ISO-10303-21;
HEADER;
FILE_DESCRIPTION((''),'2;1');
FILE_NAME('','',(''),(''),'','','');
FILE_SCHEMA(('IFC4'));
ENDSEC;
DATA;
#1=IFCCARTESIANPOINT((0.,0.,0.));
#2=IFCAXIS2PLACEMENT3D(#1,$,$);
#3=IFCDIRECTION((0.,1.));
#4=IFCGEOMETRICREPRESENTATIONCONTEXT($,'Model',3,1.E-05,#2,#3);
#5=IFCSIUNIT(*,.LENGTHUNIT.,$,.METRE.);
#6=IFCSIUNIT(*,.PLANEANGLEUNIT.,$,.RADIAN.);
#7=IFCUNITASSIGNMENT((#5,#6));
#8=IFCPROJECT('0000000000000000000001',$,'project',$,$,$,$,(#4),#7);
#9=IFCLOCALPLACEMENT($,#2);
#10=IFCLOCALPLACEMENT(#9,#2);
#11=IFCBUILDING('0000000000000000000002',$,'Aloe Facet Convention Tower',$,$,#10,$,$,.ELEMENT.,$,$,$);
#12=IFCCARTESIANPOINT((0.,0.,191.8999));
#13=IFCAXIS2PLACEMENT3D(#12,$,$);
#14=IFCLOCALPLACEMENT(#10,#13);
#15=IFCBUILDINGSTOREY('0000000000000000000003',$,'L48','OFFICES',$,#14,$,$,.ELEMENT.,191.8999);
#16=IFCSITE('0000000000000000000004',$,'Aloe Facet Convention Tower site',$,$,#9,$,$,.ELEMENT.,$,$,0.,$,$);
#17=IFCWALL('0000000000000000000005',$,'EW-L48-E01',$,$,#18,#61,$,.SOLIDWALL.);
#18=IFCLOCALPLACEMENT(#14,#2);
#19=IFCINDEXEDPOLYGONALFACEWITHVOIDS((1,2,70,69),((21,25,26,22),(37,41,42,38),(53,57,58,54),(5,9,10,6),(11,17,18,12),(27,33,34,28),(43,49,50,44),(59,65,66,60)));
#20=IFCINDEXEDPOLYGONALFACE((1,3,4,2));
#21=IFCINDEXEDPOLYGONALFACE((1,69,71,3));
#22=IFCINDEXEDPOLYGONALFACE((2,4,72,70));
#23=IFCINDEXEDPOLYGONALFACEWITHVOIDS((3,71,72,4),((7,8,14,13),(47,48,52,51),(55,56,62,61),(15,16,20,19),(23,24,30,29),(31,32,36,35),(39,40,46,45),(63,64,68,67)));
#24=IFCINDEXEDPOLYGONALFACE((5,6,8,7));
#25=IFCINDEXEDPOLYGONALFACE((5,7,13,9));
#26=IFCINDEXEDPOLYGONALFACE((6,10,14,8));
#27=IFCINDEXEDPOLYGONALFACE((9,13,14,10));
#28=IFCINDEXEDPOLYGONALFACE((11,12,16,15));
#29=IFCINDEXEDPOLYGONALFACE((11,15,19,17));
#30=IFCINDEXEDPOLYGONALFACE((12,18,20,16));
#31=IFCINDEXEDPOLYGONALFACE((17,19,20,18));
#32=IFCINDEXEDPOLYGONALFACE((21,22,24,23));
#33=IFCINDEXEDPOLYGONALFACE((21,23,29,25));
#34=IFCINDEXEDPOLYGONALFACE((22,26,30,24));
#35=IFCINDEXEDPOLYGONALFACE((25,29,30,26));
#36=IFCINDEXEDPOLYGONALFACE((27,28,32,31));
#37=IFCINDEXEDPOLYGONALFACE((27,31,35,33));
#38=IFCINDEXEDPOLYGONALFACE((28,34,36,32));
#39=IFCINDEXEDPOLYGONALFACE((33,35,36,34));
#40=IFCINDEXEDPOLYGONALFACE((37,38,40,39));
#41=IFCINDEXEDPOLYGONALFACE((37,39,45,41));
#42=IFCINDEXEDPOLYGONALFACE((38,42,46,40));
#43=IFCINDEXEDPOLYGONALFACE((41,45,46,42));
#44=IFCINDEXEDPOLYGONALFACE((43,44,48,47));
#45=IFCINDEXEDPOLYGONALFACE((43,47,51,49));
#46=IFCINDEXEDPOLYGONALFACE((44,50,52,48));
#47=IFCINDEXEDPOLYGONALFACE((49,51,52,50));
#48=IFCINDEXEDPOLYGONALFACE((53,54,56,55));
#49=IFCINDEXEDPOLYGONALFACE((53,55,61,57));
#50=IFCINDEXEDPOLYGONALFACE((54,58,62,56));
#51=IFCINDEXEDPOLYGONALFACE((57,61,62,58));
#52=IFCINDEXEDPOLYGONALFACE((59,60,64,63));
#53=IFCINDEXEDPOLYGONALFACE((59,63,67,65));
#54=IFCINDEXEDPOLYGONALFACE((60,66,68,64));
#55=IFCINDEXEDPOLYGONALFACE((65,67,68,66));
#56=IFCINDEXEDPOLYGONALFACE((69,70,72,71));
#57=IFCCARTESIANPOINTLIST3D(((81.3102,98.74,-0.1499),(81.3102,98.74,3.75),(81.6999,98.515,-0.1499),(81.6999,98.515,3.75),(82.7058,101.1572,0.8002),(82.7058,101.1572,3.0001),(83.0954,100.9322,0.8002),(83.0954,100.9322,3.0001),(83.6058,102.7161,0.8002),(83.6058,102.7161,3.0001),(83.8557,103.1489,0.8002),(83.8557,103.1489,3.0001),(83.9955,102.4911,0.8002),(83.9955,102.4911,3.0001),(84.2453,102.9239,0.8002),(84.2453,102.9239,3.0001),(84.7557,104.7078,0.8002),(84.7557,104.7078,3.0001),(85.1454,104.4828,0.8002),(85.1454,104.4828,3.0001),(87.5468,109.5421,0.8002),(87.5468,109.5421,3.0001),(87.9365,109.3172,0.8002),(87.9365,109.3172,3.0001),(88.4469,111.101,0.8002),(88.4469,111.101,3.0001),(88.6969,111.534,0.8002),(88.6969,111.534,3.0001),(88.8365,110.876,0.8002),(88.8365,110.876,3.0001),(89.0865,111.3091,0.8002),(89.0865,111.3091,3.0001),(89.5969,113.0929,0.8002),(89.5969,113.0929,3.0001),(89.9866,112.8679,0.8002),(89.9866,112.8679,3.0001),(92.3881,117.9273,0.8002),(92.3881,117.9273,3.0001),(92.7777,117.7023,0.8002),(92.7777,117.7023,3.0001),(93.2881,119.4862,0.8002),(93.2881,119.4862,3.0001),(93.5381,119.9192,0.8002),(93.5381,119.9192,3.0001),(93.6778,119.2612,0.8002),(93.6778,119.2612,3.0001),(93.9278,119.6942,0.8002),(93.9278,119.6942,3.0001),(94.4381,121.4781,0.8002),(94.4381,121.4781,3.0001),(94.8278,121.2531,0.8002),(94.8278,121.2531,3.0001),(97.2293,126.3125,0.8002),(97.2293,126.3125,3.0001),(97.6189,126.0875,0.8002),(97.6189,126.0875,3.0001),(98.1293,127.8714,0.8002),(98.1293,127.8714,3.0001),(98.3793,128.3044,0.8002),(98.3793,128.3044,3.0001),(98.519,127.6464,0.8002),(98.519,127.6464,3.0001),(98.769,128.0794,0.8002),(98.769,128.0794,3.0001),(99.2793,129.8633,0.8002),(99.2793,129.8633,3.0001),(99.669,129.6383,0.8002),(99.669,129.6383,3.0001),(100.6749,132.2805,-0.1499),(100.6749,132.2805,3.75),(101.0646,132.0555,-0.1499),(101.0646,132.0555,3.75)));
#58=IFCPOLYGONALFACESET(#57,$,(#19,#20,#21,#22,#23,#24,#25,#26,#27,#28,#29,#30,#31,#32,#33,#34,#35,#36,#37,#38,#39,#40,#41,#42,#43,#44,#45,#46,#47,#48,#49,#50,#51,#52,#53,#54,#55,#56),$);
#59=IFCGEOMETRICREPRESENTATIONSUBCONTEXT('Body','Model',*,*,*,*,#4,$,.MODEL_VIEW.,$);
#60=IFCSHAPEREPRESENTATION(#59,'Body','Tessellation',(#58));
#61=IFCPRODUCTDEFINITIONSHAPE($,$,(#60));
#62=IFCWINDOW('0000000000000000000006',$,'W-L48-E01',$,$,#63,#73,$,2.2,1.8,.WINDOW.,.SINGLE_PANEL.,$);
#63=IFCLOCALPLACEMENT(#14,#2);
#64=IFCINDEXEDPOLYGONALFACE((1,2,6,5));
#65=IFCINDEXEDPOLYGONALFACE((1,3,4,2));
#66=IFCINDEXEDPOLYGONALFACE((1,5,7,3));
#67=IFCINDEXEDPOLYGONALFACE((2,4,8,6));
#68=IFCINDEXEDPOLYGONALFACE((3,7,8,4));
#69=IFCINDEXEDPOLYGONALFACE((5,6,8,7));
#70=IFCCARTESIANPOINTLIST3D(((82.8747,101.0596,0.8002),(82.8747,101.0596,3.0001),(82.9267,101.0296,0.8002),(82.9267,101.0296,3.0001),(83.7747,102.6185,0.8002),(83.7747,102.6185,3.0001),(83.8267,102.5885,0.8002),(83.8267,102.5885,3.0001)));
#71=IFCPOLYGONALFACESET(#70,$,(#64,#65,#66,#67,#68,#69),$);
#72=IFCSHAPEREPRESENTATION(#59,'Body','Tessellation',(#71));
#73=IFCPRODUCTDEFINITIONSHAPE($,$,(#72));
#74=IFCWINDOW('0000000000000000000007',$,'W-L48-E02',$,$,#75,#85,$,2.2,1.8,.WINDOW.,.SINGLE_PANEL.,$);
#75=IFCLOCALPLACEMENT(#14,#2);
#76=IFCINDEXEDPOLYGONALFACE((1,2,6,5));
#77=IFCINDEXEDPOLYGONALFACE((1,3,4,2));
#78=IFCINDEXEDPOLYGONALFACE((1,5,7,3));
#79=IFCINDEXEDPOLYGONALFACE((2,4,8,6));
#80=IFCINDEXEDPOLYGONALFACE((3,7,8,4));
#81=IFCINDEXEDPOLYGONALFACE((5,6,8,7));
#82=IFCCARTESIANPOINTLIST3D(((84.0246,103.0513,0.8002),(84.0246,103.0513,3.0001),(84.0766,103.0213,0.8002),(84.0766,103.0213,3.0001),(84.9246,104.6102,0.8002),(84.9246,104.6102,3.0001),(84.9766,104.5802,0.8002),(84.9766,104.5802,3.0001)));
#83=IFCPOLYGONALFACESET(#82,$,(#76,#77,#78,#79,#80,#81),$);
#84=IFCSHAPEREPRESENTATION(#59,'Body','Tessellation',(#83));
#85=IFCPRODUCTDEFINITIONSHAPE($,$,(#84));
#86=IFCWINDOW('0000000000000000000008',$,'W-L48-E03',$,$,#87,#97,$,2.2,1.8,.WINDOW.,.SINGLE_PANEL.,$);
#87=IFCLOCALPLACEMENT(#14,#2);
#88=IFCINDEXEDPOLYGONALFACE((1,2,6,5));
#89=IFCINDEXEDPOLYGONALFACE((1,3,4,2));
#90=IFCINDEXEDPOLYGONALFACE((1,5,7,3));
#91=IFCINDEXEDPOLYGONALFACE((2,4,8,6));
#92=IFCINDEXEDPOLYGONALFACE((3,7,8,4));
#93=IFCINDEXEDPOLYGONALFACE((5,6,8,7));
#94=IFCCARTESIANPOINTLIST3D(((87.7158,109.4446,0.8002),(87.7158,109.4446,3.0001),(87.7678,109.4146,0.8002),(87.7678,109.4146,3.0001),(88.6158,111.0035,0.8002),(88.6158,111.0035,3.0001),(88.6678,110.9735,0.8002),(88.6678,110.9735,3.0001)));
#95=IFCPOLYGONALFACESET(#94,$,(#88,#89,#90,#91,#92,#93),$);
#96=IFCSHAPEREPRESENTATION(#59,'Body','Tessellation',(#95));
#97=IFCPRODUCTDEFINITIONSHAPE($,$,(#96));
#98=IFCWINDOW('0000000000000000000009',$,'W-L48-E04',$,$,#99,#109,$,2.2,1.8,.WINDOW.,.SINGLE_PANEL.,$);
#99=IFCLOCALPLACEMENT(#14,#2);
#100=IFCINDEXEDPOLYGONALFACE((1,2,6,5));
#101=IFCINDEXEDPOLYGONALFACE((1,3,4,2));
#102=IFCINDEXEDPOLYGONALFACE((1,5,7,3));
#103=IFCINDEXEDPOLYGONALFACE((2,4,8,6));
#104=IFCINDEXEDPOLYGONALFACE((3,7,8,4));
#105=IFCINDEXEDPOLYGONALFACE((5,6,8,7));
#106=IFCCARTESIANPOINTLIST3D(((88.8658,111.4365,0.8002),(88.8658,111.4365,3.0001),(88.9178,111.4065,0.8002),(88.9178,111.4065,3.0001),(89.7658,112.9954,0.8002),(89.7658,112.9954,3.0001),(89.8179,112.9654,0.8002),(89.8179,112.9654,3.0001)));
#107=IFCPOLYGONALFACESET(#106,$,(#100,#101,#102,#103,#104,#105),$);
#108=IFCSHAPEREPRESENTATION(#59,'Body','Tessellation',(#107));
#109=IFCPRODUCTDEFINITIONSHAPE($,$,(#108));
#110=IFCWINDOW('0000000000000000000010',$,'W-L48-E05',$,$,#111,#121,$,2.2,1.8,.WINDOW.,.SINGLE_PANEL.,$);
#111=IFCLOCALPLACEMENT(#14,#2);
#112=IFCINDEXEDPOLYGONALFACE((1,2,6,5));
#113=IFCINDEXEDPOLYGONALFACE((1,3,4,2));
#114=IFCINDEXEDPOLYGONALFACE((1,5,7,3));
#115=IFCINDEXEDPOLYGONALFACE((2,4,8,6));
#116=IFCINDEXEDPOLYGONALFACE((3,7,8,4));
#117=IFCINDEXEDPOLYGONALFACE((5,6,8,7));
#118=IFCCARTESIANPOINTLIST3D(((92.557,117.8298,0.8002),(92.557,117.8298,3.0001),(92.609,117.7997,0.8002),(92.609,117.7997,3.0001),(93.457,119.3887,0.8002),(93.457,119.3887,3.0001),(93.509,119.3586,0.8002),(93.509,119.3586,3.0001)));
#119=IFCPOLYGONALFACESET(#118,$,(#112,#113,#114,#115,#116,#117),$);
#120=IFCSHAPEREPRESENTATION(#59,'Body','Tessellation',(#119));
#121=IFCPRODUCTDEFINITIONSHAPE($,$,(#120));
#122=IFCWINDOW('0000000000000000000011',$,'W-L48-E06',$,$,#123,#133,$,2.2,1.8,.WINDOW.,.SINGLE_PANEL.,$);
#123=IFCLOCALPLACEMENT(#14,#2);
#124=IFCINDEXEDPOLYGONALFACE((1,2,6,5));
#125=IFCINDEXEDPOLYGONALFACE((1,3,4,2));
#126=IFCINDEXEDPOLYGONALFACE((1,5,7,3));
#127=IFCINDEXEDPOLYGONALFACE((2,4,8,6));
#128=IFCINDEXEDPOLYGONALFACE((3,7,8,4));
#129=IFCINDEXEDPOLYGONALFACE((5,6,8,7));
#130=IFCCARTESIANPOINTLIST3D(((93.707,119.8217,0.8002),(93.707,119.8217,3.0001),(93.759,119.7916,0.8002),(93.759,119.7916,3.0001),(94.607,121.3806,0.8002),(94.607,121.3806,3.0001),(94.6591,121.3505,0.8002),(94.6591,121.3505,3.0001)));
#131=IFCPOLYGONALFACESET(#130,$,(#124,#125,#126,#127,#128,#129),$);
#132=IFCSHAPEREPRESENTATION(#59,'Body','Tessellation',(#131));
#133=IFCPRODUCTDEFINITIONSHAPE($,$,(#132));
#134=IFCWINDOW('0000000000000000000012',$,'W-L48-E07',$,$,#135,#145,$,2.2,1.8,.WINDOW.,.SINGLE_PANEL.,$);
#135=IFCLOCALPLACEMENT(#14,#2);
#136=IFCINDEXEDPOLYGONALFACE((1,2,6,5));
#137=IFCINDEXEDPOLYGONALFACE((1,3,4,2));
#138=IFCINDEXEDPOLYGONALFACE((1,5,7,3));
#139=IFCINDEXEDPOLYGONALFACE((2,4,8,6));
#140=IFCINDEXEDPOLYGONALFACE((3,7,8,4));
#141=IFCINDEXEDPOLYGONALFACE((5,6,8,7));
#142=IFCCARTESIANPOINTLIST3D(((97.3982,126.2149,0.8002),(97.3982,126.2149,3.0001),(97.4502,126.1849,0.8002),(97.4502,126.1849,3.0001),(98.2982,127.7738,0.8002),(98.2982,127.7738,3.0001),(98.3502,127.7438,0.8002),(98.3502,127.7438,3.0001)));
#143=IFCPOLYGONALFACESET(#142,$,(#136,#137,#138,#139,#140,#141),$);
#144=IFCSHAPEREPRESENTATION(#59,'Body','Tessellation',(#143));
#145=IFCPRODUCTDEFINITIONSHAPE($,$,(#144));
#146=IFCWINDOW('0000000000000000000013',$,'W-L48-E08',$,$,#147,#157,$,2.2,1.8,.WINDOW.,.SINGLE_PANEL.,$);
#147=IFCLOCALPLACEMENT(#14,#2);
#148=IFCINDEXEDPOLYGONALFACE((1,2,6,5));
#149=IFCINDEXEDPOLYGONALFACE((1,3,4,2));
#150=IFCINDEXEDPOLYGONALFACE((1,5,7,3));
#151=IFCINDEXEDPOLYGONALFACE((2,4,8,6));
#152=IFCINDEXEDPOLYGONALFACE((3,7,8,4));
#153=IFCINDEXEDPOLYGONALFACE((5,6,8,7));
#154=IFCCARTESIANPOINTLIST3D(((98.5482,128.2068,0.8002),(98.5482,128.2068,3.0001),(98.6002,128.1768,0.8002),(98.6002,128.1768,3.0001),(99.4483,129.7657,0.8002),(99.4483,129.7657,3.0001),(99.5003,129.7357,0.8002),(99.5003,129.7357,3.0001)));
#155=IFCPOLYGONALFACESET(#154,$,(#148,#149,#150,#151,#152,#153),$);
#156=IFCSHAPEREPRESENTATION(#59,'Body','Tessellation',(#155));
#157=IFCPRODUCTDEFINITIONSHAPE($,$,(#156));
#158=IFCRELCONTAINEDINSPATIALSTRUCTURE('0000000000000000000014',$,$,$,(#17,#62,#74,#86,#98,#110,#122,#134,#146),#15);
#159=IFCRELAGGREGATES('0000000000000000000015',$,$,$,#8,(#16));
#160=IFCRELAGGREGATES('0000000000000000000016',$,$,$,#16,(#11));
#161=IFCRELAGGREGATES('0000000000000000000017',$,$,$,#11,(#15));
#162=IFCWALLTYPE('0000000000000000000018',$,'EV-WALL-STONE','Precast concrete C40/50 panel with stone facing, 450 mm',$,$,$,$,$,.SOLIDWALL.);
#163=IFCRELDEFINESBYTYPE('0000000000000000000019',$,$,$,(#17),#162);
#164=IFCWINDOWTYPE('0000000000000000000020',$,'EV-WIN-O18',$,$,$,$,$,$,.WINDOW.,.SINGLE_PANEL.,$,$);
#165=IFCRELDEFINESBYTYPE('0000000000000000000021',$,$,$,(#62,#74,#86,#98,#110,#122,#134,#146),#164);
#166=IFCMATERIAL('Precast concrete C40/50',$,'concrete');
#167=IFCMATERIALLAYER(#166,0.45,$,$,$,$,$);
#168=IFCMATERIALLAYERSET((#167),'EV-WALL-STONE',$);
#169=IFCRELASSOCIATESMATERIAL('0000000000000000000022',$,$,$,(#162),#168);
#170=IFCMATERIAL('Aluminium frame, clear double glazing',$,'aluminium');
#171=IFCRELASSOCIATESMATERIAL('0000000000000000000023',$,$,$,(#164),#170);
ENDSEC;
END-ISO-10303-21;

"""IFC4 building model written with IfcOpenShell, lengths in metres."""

from ifc_helpers import new_model, si_unit, direction, frame, frame_2d, origin, place, context, subcontext, project, spatial, polyline, rectangle, outline, extrude, material, layer, layer_set, type_object, element, fill, save


model = new_model("IFC4")

# Units and contexts
model_context = context("Model", 3, precision=1e-05, world=origin(), true_north=direction((0.0, 1.0)))
body_context = subcontext(model_context, "Body", "Model", "MODEL_VIEW")
ifc_project = project(units=[si_unit("LENGTHUNIT", "METRE"), si_unit("PLANEANGLEUNIT", "RADIAN")], contexts=[model_context])

# Site, building, storey
site_placement = place(None, origin())
site = spatial("IfcSite", under=ifc_project, at=site_placement, Name="Aloe Facet Convention Tower site", CompositionType="ELEMENT", RefElevation=0.0)
building_placement = place(site_placement, origin())
building = spatial("IfcBuilding", under=site, at=building_placement, Name="Aloe Facet Convention Tower", CompositionType="ELEMENT")
storey_placement = place(building_placement, frame((0.0, 0.0, 191.8999)))
storey = spatial("IfcBuildingStorey", under=building, at=storey_placement, Name="L48", Description="OFFICES", CompositionType="ELEMENT", Elevation=191.8999)

# Wall, openings, windows
ifc_material_1 = material(Name="Precast concrete C40/50", Category="concrete")
ifc_layer_1 = layer(ifc_material_1, 0.45)
ifc_layer_set_1 = layer_set([ifc_layer_1], Name="EV-WALL-STONE")
wall_type_1 = type_object("IfcWallType", Name="EV-WALL-STONE", Description="Precast concrete C40/50 panel with stone facing, 450 mm", PredefinedType="SOLIDWALL", material=ifc_layer_set_1)
wall_1_placement = place(storey_placement, frame((81.5051, 98.6274, -0.1499), z_axis=(0.0, 0.0, 1.0), x_axis=(0.500002, 0.866024, 0.0)))
wall_1 = element("IfcWall", 1, at=wall_1_placement, inside=storey, type_object=wall_type_1, Name="EW-L48-E01", PredefinedType="SOLIDWALL", context=body_context, shape_type="SweptSolid", body=[
    extrude(outline(polyline([(38.7292, 0.0), (38.7292, 3.8999), (0.0, 3.8999), (0.0, 0.0), (38.7292, 0.0)])), frame((0.0, 0.2251, 0.0), z_axis=(0.0, -1.0, 0.0), x_axis=(1.0, 0.0, 0.0)), (0.0, 0.0, 1.0), 0.45),
])
opening_1_placement = place(wall_1_placement, frame((2.7913, 0.0, 0.95)))
opening_1 = element("IfcOpeningElement", 2, at=opening_1_placement, cuts=wall_1, PredefinedType="OPENING", context=body_context, shape_type="SweptSolid", body=[
    extrude(rectangle(XDim=1.8, YDim=2.2, at=frame_2d((0.8999, 1.1001))), frame((0.0, 0.2349, 0.0), z_axis=(0.0, -1.0, 0.0), x_axis=(1.0, 0.0, 0.0)), (0.0, 0.0, 1.0), 0.47),
])
opening_2_placement = place(wall_1_placement, frame((5.0911, 0.0, 0.95)))
opening_2 = element("IfcOpeningElement", 3, at=opening_2_placement, cuts=wall_1, PredefinedType="OPENING", context=body_context, shape_type="SweptSolid", body=[
    extrude(rectangle(XDim=1.8, YDim=2.2, at=frame_2d((0.8999, 1.1001))), frame((0.0, 0.2349, 0.0), z_axis=(0.0, -1.0, 0.0), x_axis=(1.0, 0.0, 0.0)), (0.0, 0.0, 1.0), 0.47),
])
opening_3_placement = place(wall_1_placement, frame((12.4734, 0.0, 0.95)))
opening_3 = element("IfcOpeningElement", 4, at=opening_3_placement, cuts=wall_1, PredefinedType="OPENING", context=body_context, shape_type="SweptSolid", body=[
    extrude(rectangle(XDim=1.8, YDim=2.2, at=frame_2d((0.8999, 1.1001))), frame((0.0, 0.2349, 0.0), z_axis=(0.0, -1.0, 0.0), x_axis=(1.0, 0.0, 0.0)), (0.0, 0.0, 1.0), 0.47),
])
opening_4_placement = place(wall_1_placement, frame((14.7734, 0.0, 0.95)))
opening_4 = element("IfcOpeningElement", 5, at=opening_4_placement, cuts=wall_1, PredefinedType="OPENING", context=body_context, shape_type="SweptSolid", body=[
    extrude(rectangle(XDim=1.8, YDim=2.2, at=frame_2d((0.8999, 1.1001))), frame((0.0, 0.2349, 0.0), z_axis=(0.0, -1.0, 0.0), x_axis=(1.0, 0.0, 0.0)), (0.0, 0.0, 1.0), 0.47),
])
opening_5_placement = place(wall_1_placement, frame((22.1558, 0.0, 0.95)))
opening_5 = element("IfcOpeningElement", 6, at=opening_5_placement, cuts=wall_1, PredefinedType="OPENING", context=body_context, shape_type="SweptSolid", body=[
    extrude(rectangle(XDim=1.8, YDim=2.2, at=frame_2d((0.8999, 1.1001))), frame((0.0, 0.2349, 0.0), z_axis=(0.0, -1.0, 0.0), x_axis=(1.0, 0.0, 0.0)), (0.0, 0.0, 1.0), 0.47),
])
opening_6_placement = place(wall_1_placement, frame((24.4558, 0.0, 0.95)))
opening_6 = element("IfcOpeningElement", 7, at=opening_6_placement, cuts=wall_1, PredefinedType="OPENING", context=body_context, shape_type="SweptSolid", body=[
    extrude(rectangle(XDim=1.8, YDim=2.2, at=frame_2d((0.8999, 1.1001))), frame((0.0, 0.2349, 0.0), z_axis=(0.0, -1.0, 0.0), x_axis=(1.0, 0.0, 0.0)), (0.0, 0.0, 1.0), 0.47),
])
opening_7_placement = place(wall_1_placement, frame((31.8381, 0.0, 0.95)))
opening_7 = element("IfcOpeningElement", 8, at=opening_7_placement, cuts=wall_1, PredefinedType="OPENING", context=body_context, shape_type="SweptSolid", body=[
    extrude(rectangle(XDim=1.8, YDim=2.2, at=frame_2d((0.8999, 1.1001))), frame((0.0, 0.2349, 0.0), z_axis=(0.0, -1.0, 0.0), x_axis=(1.0, 0.0, 0.0)), (0.0, 0.0, 1.0), 0.47),
])
opening_8_placement = place(wall_1_placement, frame((34.1382, 0.0, 0.95)))
opening_8 = element("IfcOpeningElement", 9, at=opening_8_placement, cuts=wall_1, PredefinedType="OPENING", context=body_context, shape_type="SweptSolid", body=[
    extrude(rectangle(XDim=1.8, YDim=2.2, at=frame_2d((0.8999, 1.1001))), frame((0.0, 0.2349, 0.0), z_axis=(0.0, -1.0, 0.0), x_axis=(1.0, 0.0, 0.0)), (0.0, 0.0, 1.0), 0.47),
])
ifc_material_2 = material(Name="Aluminium frame, clear double glazing", Category="aluminium")
window_type = type_object("IfcWindowType", Name="EV-WIN-O18", PartitioningType="SINGLE_PANEL", PredefinedType="WINDOW", material=ifc_material_2)
window_1_placement = place(opening_1_placement, origin())
window_1 = element("IfcWindow", 10, at=window_1_placement, inside=storey, type_object=window_type, Name="W-L48-E01", OverallHeight=2.2, OverallWidth=1.8, PartitioningType="SINGLE_PANEL", PredefinedType="WINDOW", context=body_context, shape_type="SweptSolid", body=[
    extrude(rectangle(XDim=1.8, YDim=2.2, at=frame_2d((0.8999, 1.1001))), frame((0.0, 0.03, 0.0), z_axis=(0.0, -1.0, 0.0), x_axis=(1.0, 0.0, 0.0)), (0.0, 0.0, 1.0), 0.0601),
])
fill(opening_1, window_1)
window_2_placement = place(opening_2_placement, origin())
window_2 = element("IfcWindow", 11, at=window_2_placement, inside=storey, type_object=window_type, Name="W-L48-E02", OverallHeight=2.2, OverallWidth=1.8, PartitioningType="SINGLE_PANEL", PredefinedType="WINDOW", context=body_context, shape_type="SweptSolid", body=[
    extrude(rectangle(XDim=1.8, YDim=2.2, at=frame_2d((0.8999, 1.1001))), frame((0.0, 0.03, 0.0), z_axis=(0.0, -1.0, 0.0), x_axis=(1.0, 0.0, 0.0)), (0.0, 0.0, 1.0), 0.0601),
])
fill(opening_2, window_2)
window_3_placement = place(opening_3_placement, origin())
window_3 = element("IfcWindow", 12, at=window_3_placement, inside=storey, type_object=window_type, Name="W-L48-E03", OverallHeight=2.2, OverallWidth=1.8, PartitioningType="SINGLE_PANEL", PredefinedType="WINDOW", context=body_context, shape_type="SweptSolid", body=[
    extrude(rectangle(XDim=1.8, YDim=2.2, at=frame_2d((0.8999, 1.1001))), frame((0.0, 0.03, 0.0), z_axis=(0.0, -1.0, 0.0), x_axis=(1.0, 0.0, 0.0)), (0.0, 0.0, 1.0), 0.0601),
])
fill(opening_3, window_3)
window_4_placement = place(opening_4_placement, origin())
window_4 = element("IfcWindow", 13, at=window_4_placement, inside=storey, type_object=window_type, Name="W-L48-E04", OverallHeight=2.2, OverallWidth=1.8, PartitioningType="SINGLE_PANEL", PredefinedType="WINDOW", context=body_context, shape_type="SweptSolid", body=[
    extrude(rectangle(XDim=1.8, YDim=2.2, at=frame_2d((0.8999, 1.1001))), frame((0.0, 0.03, 0.0), z_axis=(0.0, -1.0, 0.0), x_axis=(1.0, 0.0, 0.0)), (0.0, 0.0, 1.0), 0.0601),
])
fill(opening_4, window_4)
window_5_placement = place(opening_5_placement, origin())
window_5 = element("IfcWindow", 14, at=window_5_placement, inside=storey, type_object=window_type, Name="W-L48-E05", OverallHeight=2.2, OverallWidth=1.8, PartitioningType="SINGLE_PANEL", PredefinedType="WINDOW", context=body_context, shape_type="SweptSolid", body=[
    extrude(rectangle(XDim=1.8, YDim=2.2, at=frame_2d((0.8999, 1.1001))), frame((0.0, 0.03, 0.0), z_axis=(0.0, -1.0, 0.0), x_axis=(1.0, 0.0, 0.0)), (0.0, 0.0, 1.0), 0.0601),
])
fill(opening_5, window_5)
window_6_placement = place(opening_6_placement, origin())
window_6 = element("IfcWindow", 15, at=window_6_placement, inside=storey, type_object=window_type, Name="W-L48-E06", OverallHeight=2.2, OverallWidth=1.8, PartitioningType="SINGLE_PANEL", PredefinedType="WINDOW", context=body_context, shape_type="SweptSolid", body=[
    extrude(rectangle(XDim=1.8, YDim=2.2, at=frame_2d((0.8999, 1.1001))), frame((0.0, 0.03, 0.0), z_axis=(0.0, -1.0, 0.0), x_axis=(1.0, 0.0, 0.0)), (0.0, 0.0, 1.0), 0.0601),
])
fill(opening_6, window_6)
window_7_placement = place(opening_7_placement, origin())
window_7 = element("IfcWindow", 16, at=window_7_placement, inside=storey, type_object=window_type, Name="W-L48-E07", OverallHeight=2.2, OverallWidth=1.8, PartitioningType="SINGLE_PANEL", PredefinedType="WINDOW", context=body_context, shape_type="SweptSolid", body=[
    extrude(rectangle(XDim=1.8, YDim=2.2, at=frame_2d((0.8999, 1.1001))), frame((0.0, 0.03, 0.0), z_axis=(0.0, -1.0, 0.0), x_axis=(1.0, 0.0, 0.0)), (0.0, 0.0, 1.0), 0.0601),
])
fill(opening_7, window_7)
window_8_placement = place(opening_8_placement, origin())
window_8 = element("IfcWindow", 17, at=window_8_placement, inside=storey, type_object=window_type, Name="W-L48-E08", OverallHeight=2.2, OverallWidth=1.8, PartitioningType="SINGLE_PANEL", PredefinedType="WINDOW", context=body_context, shape_type="SweptSolid", body=[
    extrude(rectangle(XDim=1.8, YDim=2.2, at=frame_2d((0.8999, 1.1001))), frame((0.0, 0.03, 0.0), z_axis=(0.0, -1.0, 0.0), x_axis=(1.0, 0.0, 0.0)), (0.0, 0.0, 1.0), 0.0601),
])
fill(opening_8, window_8)

save(model, "model.ifc")
